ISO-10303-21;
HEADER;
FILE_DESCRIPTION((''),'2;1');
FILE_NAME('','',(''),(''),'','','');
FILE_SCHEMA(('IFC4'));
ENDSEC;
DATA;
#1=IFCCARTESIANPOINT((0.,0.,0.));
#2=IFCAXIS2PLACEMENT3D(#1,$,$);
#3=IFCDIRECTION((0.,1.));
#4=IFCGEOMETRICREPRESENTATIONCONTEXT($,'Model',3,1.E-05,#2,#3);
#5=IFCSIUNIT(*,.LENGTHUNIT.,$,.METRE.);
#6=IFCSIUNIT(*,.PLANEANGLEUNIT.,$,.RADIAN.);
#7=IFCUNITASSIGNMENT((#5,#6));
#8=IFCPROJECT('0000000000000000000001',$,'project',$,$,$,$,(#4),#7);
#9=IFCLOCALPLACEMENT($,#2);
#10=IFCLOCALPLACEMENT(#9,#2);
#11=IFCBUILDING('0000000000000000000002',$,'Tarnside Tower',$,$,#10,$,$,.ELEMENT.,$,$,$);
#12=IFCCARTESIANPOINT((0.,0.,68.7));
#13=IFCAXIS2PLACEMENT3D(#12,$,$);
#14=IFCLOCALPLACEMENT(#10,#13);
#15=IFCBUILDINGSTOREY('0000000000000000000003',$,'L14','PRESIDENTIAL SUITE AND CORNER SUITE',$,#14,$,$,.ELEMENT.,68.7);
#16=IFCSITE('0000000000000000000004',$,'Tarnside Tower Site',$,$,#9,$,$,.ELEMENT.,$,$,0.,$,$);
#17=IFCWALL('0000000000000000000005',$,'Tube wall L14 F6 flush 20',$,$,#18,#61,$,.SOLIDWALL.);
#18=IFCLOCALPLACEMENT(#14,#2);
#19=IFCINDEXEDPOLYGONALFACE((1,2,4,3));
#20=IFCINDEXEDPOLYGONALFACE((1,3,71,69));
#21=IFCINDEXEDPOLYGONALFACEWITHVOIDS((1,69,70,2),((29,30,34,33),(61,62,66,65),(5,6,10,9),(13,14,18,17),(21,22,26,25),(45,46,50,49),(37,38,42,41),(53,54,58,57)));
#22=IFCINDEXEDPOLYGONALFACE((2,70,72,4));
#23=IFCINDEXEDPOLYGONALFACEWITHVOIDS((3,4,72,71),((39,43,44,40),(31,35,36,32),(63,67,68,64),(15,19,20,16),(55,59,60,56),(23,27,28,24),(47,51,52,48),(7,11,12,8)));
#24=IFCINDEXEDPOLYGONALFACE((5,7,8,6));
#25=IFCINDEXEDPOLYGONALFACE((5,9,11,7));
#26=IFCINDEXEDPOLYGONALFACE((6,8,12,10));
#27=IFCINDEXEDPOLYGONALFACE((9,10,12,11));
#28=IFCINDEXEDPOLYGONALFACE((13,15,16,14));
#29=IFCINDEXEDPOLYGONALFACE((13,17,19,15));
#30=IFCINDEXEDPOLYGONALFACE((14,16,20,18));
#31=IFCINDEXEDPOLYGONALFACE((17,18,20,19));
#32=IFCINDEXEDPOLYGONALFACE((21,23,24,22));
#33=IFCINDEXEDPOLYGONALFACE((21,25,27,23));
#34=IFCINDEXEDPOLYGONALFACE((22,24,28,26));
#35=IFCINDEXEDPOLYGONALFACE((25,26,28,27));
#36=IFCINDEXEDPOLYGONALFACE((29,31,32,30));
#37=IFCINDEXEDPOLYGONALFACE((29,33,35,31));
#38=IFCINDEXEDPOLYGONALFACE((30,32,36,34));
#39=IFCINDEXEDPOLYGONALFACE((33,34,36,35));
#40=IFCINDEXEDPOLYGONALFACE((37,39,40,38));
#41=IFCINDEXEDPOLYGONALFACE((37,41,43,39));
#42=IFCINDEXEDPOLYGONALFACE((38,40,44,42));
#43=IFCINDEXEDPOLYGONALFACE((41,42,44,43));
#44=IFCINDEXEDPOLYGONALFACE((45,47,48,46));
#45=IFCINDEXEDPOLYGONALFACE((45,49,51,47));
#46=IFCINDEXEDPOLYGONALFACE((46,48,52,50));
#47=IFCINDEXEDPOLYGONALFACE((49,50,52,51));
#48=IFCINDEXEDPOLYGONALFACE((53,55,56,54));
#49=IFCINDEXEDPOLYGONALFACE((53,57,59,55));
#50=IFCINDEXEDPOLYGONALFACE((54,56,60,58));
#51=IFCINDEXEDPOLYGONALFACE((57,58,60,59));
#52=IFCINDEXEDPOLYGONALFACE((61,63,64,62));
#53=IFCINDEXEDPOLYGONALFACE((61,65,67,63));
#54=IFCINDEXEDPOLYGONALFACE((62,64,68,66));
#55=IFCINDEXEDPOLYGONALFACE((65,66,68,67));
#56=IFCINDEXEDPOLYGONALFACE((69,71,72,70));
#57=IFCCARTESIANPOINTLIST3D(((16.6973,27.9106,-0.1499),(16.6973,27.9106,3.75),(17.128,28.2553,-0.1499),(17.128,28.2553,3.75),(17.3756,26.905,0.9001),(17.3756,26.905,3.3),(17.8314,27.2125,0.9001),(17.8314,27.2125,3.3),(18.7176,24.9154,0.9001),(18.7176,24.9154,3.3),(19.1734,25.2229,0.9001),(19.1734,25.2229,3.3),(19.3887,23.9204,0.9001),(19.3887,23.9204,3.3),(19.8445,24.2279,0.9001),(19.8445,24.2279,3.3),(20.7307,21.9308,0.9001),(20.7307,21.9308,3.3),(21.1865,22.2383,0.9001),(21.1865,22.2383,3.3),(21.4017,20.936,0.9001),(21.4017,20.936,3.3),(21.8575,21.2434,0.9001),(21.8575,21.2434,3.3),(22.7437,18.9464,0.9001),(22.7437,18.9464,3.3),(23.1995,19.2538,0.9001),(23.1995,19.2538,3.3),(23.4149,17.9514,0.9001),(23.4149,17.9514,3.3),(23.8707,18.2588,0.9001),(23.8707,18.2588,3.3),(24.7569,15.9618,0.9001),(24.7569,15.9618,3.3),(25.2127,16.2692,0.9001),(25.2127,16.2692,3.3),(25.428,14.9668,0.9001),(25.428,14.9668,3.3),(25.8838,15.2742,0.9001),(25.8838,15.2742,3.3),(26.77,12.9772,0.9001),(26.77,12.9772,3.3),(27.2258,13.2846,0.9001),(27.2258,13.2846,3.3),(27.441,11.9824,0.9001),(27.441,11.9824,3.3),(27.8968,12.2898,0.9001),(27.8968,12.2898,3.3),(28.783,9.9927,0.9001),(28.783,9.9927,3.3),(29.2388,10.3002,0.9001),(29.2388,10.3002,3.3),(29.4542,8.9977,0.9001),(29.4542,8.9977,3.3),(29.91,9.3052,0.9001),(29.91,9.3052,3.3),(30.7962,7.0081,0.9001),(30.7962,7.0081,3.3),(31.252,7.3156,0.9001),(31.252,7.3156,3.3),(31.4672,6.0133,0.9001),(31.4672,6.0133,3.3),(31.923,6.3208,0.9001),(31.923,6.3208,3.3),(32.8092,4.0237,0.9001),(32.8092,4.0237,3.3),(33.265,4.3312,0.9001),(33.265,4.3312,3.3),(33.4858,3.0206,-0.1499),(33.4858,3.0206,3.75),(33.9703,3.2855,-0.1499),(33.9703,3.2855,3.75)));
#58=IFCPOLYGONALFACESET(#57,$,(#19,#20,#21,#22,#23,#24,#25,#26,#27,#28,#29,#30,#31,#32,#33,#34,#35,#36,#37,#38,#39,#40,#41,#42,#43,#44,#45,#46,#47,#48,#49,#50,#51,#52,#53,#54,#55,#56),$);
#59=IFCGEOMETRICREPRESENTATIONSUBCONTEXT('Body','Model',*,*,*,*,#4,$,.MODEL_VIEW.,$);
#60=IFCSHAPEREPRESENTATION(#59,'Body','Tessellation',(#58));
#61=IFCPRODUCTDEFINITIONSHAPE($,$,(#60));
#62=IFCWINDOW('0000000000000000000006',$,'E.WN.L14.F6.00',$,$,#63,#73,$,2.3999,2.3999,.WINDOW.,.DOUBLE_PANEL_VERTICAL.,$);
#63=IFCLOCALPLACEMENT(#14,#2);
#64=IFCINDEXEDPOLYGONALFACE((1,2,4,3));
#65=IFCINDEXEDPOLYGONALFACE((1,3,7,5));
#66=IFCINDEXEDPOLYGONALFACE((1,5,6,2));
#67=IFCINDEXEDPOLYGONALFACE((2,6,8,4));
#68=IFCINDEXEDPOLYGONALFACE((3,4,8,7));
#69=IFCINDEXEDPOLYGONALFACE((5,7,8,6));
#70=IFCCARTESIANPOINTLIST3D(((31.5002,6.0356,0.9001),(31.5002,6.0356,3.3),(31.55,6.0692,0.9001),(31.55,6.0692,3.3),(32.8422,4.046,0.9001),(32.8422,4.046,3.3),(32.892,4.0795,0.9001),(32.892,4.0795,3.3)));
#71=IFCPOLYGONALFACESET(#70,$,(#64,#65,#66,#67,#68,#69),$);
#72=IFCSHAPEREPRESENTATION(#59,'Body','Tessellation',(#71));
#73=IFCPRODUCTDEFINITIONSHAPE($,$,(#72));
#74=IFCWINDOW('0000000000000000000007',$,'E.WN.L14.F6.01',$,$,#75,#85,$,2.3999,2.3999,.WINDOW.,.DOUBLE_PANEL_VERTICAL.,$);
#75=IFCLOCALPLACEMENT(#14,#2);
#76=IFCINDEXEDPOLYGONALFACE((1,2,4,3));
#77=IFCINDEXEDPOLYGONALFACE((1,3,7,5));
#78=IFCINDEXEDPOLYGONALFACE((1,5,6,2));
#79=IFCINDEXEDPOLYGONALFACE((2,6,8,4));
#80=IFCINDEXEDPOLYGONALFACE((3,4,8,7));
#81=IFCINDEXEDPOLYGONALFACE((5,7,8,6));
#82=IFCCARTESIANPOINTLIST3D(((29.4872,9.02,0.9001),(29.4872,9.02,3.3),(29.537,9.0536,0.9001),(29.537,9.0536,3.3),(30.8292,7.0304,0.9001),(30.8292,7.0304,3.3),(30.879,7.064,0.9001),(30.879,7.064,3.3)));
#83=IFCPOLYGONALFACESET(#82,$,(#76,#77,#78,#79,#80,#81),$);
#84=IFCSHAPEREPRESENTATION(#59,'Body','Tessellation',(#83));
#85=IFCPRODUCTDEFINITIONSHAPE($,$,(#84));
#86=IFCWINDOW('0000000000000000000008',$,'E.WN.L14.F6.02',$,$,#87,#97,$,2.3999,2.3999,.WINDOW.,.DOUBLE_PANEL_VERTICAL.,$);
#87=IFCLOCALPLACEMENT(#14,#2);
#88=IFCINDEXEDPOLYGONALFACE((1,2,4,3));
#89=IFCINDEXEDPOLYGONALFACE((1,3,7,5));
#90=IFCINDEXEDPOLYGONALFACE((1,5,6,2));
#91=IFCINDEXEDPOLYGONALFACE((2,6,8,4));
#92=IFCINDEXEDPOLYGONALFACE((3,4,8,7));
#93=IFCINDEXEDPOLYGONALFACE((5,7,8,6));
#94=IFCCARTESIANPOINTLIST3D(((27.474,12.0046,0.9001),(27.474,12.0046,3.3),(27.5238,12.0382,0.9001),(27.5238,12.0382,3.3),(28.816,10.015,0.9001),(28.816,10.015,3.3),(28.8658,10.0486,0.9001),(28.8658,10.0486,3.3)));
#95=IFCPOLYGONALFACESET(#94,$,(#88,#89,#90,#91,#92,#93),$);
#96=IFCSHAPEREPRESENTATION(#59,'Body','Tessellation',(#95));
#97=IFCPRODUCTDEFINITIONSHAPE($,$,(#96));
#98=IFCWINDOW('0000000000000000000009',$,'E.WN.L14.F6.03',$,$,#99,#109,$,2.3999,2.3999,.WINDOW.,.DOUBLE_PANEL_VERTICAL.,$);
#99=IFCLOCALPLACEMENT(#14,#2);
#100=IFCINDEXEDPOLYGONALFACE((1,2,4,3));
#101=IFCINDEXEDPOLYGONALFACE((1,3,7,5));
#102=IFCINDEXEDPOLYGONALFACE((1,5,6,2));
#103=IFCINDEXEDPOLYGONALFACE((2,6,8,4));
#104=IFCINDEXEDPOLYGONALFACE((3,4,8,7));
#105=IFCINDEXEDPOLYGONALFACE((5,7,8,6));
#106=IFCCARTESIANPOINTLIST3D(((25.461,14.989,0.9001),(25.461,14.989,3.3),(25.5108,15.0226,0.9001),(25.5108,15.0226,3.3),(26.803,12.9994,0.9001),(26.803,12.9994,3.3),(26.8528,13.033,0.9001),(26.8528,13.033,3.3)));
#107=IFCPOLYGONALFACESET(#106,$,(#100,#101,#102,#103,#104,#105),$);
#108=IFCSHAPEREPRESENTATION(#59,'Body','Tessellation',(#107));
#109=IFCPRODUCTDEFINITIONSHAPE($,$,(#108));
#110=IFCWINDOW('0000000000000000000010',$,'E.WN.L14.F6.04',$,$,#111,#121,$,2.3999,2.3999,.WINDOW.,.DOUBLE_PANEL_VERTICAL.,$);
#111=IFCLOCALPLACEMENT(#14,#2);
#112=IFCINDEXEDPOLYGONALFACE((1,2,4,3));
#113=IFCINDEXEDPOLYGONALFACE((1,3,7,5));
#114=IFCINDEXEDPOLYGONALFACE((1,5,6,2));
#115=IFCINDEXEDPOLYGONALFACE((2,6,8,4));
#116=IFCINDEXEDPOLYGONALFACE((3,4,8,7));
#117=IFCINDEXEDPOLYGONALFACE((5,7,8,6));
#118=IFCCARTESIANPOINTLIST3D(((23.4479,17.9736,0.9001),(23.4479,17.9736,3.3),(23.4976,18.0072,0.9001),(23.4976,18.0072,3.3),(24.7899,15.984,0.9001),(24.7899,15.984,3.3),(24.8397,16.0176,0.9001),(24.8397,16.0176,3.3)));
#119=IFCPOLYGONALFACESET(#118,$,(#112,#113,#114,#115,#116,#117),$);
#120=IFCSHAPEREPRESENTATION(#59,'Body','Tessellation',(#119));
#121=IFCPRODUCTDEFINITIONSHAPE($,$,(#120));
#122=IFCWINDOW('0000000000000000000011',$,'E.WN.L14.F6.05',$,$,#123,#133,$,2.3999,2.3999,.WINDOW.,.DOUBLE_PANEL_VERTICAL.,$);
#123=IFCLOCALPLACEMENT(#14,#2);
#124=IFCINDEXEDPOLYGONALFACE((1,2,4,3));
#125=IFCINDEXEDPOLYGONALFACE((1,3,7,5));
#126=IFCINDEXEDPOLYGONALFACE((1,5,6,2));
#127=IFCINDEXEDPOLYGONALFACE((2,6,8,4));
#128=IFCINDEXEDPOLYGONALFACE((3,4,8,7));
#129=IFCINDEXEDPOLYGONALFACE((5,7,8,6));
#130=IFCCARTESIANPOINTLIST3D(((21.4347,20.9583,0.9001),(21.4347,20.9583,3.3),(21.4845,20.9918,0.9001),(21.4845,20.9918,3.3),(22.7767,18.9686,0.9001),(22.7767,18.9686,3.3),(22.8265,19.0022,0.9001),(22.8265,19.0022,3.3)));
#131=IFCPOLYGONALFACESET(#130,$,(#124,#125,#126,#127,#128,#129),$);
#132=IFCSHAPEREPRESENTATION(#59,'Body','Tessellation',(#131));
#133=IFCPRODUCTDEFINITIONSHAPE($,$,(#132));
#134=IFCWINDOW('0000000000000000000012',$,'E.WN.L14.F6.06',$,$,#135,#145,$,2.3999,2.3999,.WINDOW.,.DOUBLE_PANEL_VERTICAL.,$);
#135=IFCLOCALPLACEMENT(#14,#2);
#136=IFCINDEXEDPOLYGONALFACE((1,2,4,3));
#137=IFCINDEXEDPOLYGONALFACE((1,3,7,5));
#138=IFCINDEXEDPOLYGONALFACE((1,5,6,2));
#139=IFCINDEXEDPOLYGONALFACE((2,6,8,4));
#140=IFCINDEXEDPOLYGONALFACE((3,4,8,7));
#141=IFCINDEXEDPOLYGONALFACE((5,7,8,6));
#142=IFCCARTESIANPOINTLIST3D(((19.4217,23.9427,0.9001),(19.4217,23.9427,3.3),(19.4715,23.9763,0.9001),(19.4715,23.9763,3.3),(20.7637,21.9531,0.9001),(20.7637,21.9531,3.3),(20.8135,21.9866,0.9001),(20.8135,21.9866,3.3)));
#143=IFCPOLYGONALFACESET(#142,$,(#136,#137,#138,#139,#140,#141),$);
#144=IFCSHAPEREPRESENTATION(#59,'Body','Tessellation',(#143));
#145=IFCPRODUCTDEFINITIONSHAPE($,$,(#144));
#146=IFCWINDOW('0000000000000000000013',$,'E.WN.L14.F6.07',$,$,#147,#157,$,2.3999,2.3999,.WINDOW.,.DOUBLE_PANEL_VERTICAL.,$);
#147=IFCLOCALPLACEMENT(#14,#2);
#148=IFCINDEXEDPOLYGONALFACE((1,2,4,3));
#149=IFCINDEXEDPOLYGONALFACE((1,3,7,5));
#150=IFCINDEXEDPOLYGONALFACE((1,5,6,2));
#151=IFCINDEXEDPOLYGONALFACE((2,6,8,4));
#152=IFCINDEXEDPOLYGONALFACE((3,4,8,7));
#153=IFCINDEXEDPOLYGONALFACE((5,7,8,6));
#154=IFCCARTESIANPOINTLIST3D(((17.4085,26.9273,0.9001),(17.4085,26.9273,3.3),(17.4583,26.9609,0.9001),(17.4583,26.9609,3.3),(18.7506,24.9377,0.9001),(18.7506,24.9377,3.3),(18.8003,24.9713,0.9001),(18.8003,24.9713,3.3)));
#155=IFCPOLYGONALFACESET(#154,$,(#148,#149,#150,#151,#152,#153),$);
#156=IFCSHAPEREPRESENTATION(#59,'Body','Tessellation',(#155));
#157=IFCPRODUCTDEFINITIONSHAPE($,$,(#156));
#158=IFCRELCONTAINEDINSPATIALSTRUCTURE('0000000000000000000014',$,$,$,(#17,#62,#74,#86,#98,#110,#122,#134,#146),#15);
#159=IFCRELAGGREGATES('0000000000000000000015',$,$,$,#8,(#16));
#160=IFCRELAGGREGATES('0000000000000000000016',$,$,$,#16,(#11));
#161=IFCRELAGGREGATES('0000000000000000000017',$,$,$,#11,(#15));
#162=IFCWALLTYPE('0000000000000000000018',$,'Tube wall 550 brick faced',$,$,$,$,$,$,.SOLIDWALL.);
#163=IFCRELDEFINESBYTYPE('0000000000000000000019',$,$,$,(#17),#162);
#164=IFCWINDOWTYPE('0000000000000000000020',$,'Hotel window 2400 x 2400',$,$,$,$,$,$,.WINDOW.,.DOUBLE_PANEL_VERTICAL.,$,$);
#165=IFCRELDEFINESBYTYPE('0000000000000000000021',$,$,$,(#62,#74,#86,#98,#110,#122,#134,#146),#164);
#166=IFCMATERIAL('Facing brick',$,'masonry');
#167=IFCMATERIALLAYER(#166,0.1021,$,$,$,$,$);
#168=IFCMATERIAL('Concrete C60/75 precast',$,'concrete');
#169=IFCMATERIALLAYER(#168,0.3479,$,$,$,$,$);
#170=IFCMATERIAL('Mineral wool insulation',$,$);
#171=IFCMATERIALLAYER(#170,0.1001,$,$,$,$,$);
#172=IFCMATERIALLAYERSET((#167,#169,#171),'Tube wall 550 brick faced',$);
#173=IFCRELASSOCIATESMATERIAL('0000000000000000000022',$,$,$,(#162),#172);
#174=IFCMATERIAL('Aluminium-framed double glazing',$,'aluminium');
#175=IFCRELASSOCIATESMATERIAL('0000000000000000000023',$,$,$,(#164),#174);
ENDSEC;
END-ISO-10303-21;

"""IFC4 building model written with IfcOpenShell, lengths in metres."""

from ifc_helpers import new_model, si_unit, direction, frame, frame_2d, origin, place, context, subcontext, project, spatial, polyline, rectangle, outline, extrude, material, layer, layer_set, type_object, element, fill, save


model = new_model("IFC4")

# Units and contexts
model_context = context("Model", 3, precision=1e-05, world=origin(), true_north=direction((0.0, 1.0)))
body_context = subcontext(model_context, "Body", "Model", "MODEL_VIEW")
ifc_project = project(units=[si_unit("LENGTHUNIT", "METRE"), si_unit("PLANEANGLEUNIT", "RADIAN")], contexts=[model_context])

# Site, building, storey
site_placement = place(None, origin())
site = spatial("IfcSite", under=ifc_project, at=site_placement, Name="Tarnside Tower Site", CompositionType="ELEMENT", RefElevation=0.0)
building_placement = place(site_placement, origin())
building = spatial("IfcBuilding", under=site, at=building_placement, Name="Tarnside Tower", CompositionType="ELEMENT")
storey_placement = place(building_placement, frame((0.0, 0.0, 68.7)))
storey = spatial("IfcBuildingStorey", under=building, at=storey_placement, Name="L14", Description="PRESIDENTIAL SUITE AND CORNER SUITE", CompositionType="ELEMENT", Elevation=68.7)

# Shared definitions
ifc_material_1 = material(Name="Facing brick", Category="masonry")
ifc_layer_1 = layer(ifc_material_1, 0.1021)
ifc_material_2 = material(Name="Concrete C60/75 precast", Category="concrete")
ifc_layer_2 = layer(ifc_material_2, 0.3479)
ifc_material_3 = material(Name="Mineral wool insulation")
ifc_layer_3 = layer(ifc_material_3, 0.1001)
ifc_layer_set_1 = layer_set([ifc_layer_1, ifc_layer_2, ifc_layer_3], Name="Tube wall 550 brick faced")
wall_type = type_object("IfcWallType", Name="Tube wall 550 brick faced", PredefinedType="SOLIDWALL", material=ifc_layer_set_1)

# Wall, openings, windows
wall_1_placement = place(storey_placement, frame((33.728, 3.1531, -0.1499), z_axis=(0.0, 0.0, 1.0), x_axis=(-0.559192, 0.829038, 0.0)))
wall_1 = element("IfcWall", 1, at=wall_1_placement, inside=storey, type_object=wall_type, Name="Tube wall L14 F6 flush 20", PredefinedType="SOLIDWALL", context=body_context, shape_type="SweptSolid", body=[
    extrude(outline(polyline([(-0.0256, -0.2749), (30.0933, -0.2749), (30.0483, 0.2749), (0.0256, 0.2749), (-0.0256, -0.2749)])), origin(), (0.0, 0.0, 1.0), 3.8999),
])
opening_1_placement = place(wall_1_placement, frame((1.2356, 0.0, 1.05)))
opening_1 = element("IfcOpeningElement", 2, at=opening_1_placement, cuts=wall_1, PredefinedType="OPENING", context=body_context, shape_type="SweptSolid", body=[
    extrude(rectangle(XDim=2.3999, YDim=2.3999, at=frame_2d((1.2, 1.2))), frame((0.0, 0.2852, 0.0), z_axis=(0.0, -1.0, 0.0), x_axis=(1.0, 0.0, 0.0)), (0.0, 0.0, 1.0), 0.5701),
])
opening_2_placement = place(wall_1_placement, frame((4.8354, 0.0, 1.05)))
opening_2 = element("IfcOpeningElement", 3, at=opening_2_placement, cuts=wall_1, PredefinedType="OPENING", context=body_context, shape_type="SweptSolid", body=[
    extrude(rectangle(XDim=2.3999, YDim=2.3999, at=frame_2d((1.2, 1.2))), frame((0.0, 0.2852, 0.0), z_axis=(0.0, -1.0, 0.0), x_axis=(1.0, 0.0, 0.0)), (0.0, 0.0, 1.0), 0.5701),
])
opening_3_placement = place(wall_1_placement, frame((8.4355, 0.0, 1.05)))
opening_3 = element("IfcOpeningElement", 4, at=opening_3_placement, cuts=wall_1, PredefinedType="OPENING", context=body_context, shape_type="SweptSolid", body=[
    extrude(rectangle(XDim=2.3999, YDim=2.3999, at=frame_2d((1.2, 1.2))), frame((0.0, 0.2852, 0.0), z_axis=(0.0, -1.0, 0.0), x_axis=(1.0, 0.0, 0.0)), (0.0, 0.0, 1.0), 0.5701),
])
opening_4_placement = place(wall_1_placement, frame((12.0354, 0.0, 1.05)))
opening_4 = element("IfcOpeningElement", 5, at=opening_4_placement, cuts=wall_1, PredefinedType="OPENING", context=body_context, shape_type="SweptSolid", body=[
    extrude(rectangle(XDim=2.3999, YDim=2.3999, at=frame_2d((1.2, 1.2))), frame((0.0, 0.2852, 0.0), z_axis=(0.0, -1.0, 0.0), x_axis=(1.0, 0.0, 0.0)), (0.0, 0.0, 1.0), 0.5701),
])
opening_5_placement = place(wall_1_placement, frame((15.6355, 0.0, 1.05)))
opening_5 = element("IfcOpeningElement", 6, at=opening_5_placement, cuts=wall_1, PredefinedType="OPENING", context=body_context, shape_type="SweptSolid", body=[
    extrude(rectangle(XDim=2.3999, YDim=2.3999, at=frame_2d((1.2, 1.2))), frame((0.0, 0.2852, 0.0), z_axis=(0.0, -1.0, 0.0), x_axis=(1.0, 0.0, 0.0)), (0.0, 0.0, 1.0), 0.5701),
])
opening_6_placement = place(wall_1_placement, frame((19.2356, 0.0, 1.05)))
opening_6 = element("IfcOpeningElement", 7, at=opening_6_placement, cuts=wall_1, PredefinedType="OPENING", context=body_context, shape_type="SweptSolid", body=[
    extrude(rectangle(XDim=2.3999, YDim=2.3999, at=frame_2d((1.2, 1.2))), frame((0.0, 0.2852, 0.0), z_axis=(0.0, -1.0, 0.0), x_axis=(1.0, 0.0, 0.0)), (0.0, 0.0, 1.0), 0.5701),
])
opening_7_placement = place(wall_1_placement, frame((22.8354, 0.0, 1.05)))
opening_7 = element("IfcOpeningElement", 8, at=opening_7_placement, cuts=wall_1, PredefinedType="OPENING", context=body_context, shape_type="SweptSolid", body=[
    extrude(rectangle(XDim=2.3999, YDim=2.3999, at=frame_2d((1.2, 1.2))), frame((0.0, 0.2852, 0.0), z_axis=(0.0, -1.0, 0.0), x_axis=(1.0, 0.0, 0.0)), (0.0, 0.0, 1.0), 0.5701),
])
opening_8_placement = place(wall_1_placement, frame((26.4355, 0.0, 1.05)))
opening_8 = element("IfcOpeningElement", 9, at=opening_8_placement, cuts=wall_1, PredefinedType="OPENING", context=body_context, shape_type="SweptSolid", body=[
    extrude(rectangle(XDim=2.3999, YDim=2.3999, at=frame_2d((1.2, 1.2))), frame((0.0, 0.2852, 0.0), z_axis=(0.0, -1.0, 0.0), x_axis=(1.0, 0.0, 0.0)), (0.0, 0.0, 1.0), 0.5701),
])
ifc_material_4 = material(Name="Aluminium-framed double glazing", Category="aluminium")
window_type = type_object("IfcWindowType", Name="Hotel window 2400 x 2400", PartitioningType="DOUBLE_PANEL_VERTICAL", PredefinedType="WINDOW", material=ifc_material_4)
window_1_placement = place(opening_1_placement, frame((0.0, 0.2051, 0.0)))
window_1 = element("IfcWindow", 10, at=window_1_placement, inside=storey, type_object=window_type, Name="E.WN.L14.F6.00", OverallHeight=2.3999, OverallWidth=2.3999, PartitioningType="DOUBLE_PANEL_VERTICAL", PredefinedType="WINDOW", context=body_context, shape_type="SweptSolid", body=[
    extrude(rectangle(XDim=2.3999, YDim=2.3999, at=frame_2d((1.2, 1.2))), frame((0.0, 0.03, 0.0), z_axis=(0.0, -1.0, 0.0), x_axis=(1.0, 0.0, 0.0)), (0.0, 0.0, 1.0), 0.0601),
])
fill(opening_1, window_1)
window_2_placement = place(opening_2_placement, frame((0.0, 0.2051, 0.0)))
window_2 = element("IfcWindow", 11, at=window_2_placement, inside=storey, type_object=window_type, Name="E.WN.L14.F6.01", OverallHeight=2.3999, OverallWidth=2.3999, PartitioningType="DOUBLE_PANEL_VERTICAL", PredefinedType="WINDOW", context=body_context, shape_type="SweptSolid", body=[
    extrude(rectangle(XDim=2.3999, YDim=2.3999, at=frame_2d((1.2, 1.2))), frame((0.0, 0.03, 0.0), z_axis=(0.0, -1.0, 0.0), x_axis=(1.0, 0.0, 0.0)), (0.0, 0.0, 1.0), 0.0601),
])
fill(opening_2, window_2)
window_3_placement = place(opening_3_placement, frame((0.0, 0.2051, 0.0)))
window_3 = element("IfcWindow", 12, at=window_3_placement, inside=storey, type_object=window_type, Name="E.WN.L14.F6.02", OverallHeight=2.3999, OverallWidth=2.3999, PartitioningType="DOUBLE_PANEL_VERTICAL", PredefinedType="WINDOW", context=body_context, shape_type="SweptSolid", body=[
    extrude(rectangle(XDim=2.3999, YDim=2.3999, at=frame_2d((1.2, 1.2))), frame((0.0, 0.03, 0.0), z_axis=(0.0, -1.0, 0.0), x_axis=(1.0, 0.0, 0.0)), (0.0, 0.0, 1.0), 0.0601),
])
fill(opening_3, window_3)
window_4_placement = place(opening_4_placement, frame((0.0, 0.2051, 0.0)))
window_4 = element("IfcWindow", 13, at=window_4_placement, inside=storey, type_object=window_type, Name="E.WN.L14.F6.03", OverallHeight=2.3999, OverallWidth=2.3999, PartitioningType="DOUBLE_PANEL_VERTICAL", PredefinedType="WINDOW", context=body_context, shape_type="SweptSolid", body=[
    extrude(rectangle(XDim=2.3999, YDim=2.3999, at=frame_2d((1.2, 1.2))), frame((0.0, 0.03, 0.0), z_axis=(0.0, -1.0, 0.0), x_axis=(1.0, 0.0, 0.0)), (0.0, 0.0, 1.0), 0.0601),
])
fill(opening_4, window_4)
window_5_placement = place(opening_5_placement, frame((0.0, 0.2051, 0.0)))
window_5 = element("IfcWindow", 14, at=window_5_placement, inside=storey, type_object=window_type, Name="E.WN.L14.F6.04", OverallHeight=2.3999, OverallWidth=2.3999, PartitioningType="DOUBLE_PANEL_VERTICAL", PredefinedType="WINDOW", context=body_context, shape_type="SweptSolid", body=[
    extrude(rectangle(XDim=2.3999, YDim=2.3999, at=frame_2d((1.2, 1.2))), frame((0.0, 0.03, 0.0), z_axis=(0.0, -1.0, 0.0), x_axis=(1.0, 0.0, 0.0)), (0.0, 0.0, 1.0), 0.0601),
])
fill(opening_5, window_5)
window_6_placement = place(opening_6_placement, frame((0.0, 0.2051, 0.0)))
window_6 = element("IfcWindow", 15, at=window_6_placement, inside=storey, type_object=window_type, Name="E.WN.L14.F6.05", OverallHeight=2.3999, OverallWidth=2.3999, PartitioningType="DOUBLE_PANEL_VERTICAL", PredefinedType="WINDOW", context=body_context, shape_type="SweptSolid", body=[
    extrude(rectangle(XDim=2.3999, YDim=2.3999, at=frame_2d((1.2, 1.2))), frame((0.0, 0.03, 0.0), z_axis=(0.0, -1.0, 0.0), x_axis=(1.0, 0.0, 0.0)), (0.0, 0.0, 1.0), 0.0601),
])
fill(opening_6, window_6)
window_7_placement = place(opening_7_placement, frame((0.0, 0.2051, 0.0)))
window_7 = element("IfcWindow", 16, at=window_7_placement, inside=storey, type_object=window_type, Name="E.WN.L14.F6.06", OverallHeight=2.3999, OverallWidth=2.3999, PartitioningType="DOUBLE_PANEL_VERTICAL", PredefinedType="WINDOW", context=body_context, shape_type="SweptSolid", body=[
    extrude(rectangle(XDim=2.3999, YDim=2.3999, at=frame_2d((1.2, 1.2))), frame((0.0, 0.03, 0.0), z_axis=(0.0, -1.0, 0.0), x_axis=(1.0, 0.0, 0.0)), (0.0, 0.0, 1.0), 0.0601),
])
fill(opening_7, window_7)
window_8_placement = place(opening_8_placement, frame((0.0, 0.2051, 0.0)))
window_8 = element("IfcWindow", 17, at=window_8_placement, inside=storey, type_object=window_type, Name="E.WN.L14.F6.07", OverallHeight=2.3999, OverallWidth=2.3999, PartitioningType="DOUBLE_PANEL_VERTICAL", PredefinedType="WINDOW", context=body_context, shape_type="SweptSolid", body=[
    extrude(rectangle(XDim=2.3999, YDim=2.3999, at=frame_2d((1.2, 1.2))), frame((0.0, 0.03, 0.0), z_axis=(0.0, -1.0, 0.0), x_axis=(1.0, 0.0, 0.0)), (0.0, 0.0, 1.0), 0.0601),
])
fill(opening_8, window_8)

save(model, "model.ifc")
